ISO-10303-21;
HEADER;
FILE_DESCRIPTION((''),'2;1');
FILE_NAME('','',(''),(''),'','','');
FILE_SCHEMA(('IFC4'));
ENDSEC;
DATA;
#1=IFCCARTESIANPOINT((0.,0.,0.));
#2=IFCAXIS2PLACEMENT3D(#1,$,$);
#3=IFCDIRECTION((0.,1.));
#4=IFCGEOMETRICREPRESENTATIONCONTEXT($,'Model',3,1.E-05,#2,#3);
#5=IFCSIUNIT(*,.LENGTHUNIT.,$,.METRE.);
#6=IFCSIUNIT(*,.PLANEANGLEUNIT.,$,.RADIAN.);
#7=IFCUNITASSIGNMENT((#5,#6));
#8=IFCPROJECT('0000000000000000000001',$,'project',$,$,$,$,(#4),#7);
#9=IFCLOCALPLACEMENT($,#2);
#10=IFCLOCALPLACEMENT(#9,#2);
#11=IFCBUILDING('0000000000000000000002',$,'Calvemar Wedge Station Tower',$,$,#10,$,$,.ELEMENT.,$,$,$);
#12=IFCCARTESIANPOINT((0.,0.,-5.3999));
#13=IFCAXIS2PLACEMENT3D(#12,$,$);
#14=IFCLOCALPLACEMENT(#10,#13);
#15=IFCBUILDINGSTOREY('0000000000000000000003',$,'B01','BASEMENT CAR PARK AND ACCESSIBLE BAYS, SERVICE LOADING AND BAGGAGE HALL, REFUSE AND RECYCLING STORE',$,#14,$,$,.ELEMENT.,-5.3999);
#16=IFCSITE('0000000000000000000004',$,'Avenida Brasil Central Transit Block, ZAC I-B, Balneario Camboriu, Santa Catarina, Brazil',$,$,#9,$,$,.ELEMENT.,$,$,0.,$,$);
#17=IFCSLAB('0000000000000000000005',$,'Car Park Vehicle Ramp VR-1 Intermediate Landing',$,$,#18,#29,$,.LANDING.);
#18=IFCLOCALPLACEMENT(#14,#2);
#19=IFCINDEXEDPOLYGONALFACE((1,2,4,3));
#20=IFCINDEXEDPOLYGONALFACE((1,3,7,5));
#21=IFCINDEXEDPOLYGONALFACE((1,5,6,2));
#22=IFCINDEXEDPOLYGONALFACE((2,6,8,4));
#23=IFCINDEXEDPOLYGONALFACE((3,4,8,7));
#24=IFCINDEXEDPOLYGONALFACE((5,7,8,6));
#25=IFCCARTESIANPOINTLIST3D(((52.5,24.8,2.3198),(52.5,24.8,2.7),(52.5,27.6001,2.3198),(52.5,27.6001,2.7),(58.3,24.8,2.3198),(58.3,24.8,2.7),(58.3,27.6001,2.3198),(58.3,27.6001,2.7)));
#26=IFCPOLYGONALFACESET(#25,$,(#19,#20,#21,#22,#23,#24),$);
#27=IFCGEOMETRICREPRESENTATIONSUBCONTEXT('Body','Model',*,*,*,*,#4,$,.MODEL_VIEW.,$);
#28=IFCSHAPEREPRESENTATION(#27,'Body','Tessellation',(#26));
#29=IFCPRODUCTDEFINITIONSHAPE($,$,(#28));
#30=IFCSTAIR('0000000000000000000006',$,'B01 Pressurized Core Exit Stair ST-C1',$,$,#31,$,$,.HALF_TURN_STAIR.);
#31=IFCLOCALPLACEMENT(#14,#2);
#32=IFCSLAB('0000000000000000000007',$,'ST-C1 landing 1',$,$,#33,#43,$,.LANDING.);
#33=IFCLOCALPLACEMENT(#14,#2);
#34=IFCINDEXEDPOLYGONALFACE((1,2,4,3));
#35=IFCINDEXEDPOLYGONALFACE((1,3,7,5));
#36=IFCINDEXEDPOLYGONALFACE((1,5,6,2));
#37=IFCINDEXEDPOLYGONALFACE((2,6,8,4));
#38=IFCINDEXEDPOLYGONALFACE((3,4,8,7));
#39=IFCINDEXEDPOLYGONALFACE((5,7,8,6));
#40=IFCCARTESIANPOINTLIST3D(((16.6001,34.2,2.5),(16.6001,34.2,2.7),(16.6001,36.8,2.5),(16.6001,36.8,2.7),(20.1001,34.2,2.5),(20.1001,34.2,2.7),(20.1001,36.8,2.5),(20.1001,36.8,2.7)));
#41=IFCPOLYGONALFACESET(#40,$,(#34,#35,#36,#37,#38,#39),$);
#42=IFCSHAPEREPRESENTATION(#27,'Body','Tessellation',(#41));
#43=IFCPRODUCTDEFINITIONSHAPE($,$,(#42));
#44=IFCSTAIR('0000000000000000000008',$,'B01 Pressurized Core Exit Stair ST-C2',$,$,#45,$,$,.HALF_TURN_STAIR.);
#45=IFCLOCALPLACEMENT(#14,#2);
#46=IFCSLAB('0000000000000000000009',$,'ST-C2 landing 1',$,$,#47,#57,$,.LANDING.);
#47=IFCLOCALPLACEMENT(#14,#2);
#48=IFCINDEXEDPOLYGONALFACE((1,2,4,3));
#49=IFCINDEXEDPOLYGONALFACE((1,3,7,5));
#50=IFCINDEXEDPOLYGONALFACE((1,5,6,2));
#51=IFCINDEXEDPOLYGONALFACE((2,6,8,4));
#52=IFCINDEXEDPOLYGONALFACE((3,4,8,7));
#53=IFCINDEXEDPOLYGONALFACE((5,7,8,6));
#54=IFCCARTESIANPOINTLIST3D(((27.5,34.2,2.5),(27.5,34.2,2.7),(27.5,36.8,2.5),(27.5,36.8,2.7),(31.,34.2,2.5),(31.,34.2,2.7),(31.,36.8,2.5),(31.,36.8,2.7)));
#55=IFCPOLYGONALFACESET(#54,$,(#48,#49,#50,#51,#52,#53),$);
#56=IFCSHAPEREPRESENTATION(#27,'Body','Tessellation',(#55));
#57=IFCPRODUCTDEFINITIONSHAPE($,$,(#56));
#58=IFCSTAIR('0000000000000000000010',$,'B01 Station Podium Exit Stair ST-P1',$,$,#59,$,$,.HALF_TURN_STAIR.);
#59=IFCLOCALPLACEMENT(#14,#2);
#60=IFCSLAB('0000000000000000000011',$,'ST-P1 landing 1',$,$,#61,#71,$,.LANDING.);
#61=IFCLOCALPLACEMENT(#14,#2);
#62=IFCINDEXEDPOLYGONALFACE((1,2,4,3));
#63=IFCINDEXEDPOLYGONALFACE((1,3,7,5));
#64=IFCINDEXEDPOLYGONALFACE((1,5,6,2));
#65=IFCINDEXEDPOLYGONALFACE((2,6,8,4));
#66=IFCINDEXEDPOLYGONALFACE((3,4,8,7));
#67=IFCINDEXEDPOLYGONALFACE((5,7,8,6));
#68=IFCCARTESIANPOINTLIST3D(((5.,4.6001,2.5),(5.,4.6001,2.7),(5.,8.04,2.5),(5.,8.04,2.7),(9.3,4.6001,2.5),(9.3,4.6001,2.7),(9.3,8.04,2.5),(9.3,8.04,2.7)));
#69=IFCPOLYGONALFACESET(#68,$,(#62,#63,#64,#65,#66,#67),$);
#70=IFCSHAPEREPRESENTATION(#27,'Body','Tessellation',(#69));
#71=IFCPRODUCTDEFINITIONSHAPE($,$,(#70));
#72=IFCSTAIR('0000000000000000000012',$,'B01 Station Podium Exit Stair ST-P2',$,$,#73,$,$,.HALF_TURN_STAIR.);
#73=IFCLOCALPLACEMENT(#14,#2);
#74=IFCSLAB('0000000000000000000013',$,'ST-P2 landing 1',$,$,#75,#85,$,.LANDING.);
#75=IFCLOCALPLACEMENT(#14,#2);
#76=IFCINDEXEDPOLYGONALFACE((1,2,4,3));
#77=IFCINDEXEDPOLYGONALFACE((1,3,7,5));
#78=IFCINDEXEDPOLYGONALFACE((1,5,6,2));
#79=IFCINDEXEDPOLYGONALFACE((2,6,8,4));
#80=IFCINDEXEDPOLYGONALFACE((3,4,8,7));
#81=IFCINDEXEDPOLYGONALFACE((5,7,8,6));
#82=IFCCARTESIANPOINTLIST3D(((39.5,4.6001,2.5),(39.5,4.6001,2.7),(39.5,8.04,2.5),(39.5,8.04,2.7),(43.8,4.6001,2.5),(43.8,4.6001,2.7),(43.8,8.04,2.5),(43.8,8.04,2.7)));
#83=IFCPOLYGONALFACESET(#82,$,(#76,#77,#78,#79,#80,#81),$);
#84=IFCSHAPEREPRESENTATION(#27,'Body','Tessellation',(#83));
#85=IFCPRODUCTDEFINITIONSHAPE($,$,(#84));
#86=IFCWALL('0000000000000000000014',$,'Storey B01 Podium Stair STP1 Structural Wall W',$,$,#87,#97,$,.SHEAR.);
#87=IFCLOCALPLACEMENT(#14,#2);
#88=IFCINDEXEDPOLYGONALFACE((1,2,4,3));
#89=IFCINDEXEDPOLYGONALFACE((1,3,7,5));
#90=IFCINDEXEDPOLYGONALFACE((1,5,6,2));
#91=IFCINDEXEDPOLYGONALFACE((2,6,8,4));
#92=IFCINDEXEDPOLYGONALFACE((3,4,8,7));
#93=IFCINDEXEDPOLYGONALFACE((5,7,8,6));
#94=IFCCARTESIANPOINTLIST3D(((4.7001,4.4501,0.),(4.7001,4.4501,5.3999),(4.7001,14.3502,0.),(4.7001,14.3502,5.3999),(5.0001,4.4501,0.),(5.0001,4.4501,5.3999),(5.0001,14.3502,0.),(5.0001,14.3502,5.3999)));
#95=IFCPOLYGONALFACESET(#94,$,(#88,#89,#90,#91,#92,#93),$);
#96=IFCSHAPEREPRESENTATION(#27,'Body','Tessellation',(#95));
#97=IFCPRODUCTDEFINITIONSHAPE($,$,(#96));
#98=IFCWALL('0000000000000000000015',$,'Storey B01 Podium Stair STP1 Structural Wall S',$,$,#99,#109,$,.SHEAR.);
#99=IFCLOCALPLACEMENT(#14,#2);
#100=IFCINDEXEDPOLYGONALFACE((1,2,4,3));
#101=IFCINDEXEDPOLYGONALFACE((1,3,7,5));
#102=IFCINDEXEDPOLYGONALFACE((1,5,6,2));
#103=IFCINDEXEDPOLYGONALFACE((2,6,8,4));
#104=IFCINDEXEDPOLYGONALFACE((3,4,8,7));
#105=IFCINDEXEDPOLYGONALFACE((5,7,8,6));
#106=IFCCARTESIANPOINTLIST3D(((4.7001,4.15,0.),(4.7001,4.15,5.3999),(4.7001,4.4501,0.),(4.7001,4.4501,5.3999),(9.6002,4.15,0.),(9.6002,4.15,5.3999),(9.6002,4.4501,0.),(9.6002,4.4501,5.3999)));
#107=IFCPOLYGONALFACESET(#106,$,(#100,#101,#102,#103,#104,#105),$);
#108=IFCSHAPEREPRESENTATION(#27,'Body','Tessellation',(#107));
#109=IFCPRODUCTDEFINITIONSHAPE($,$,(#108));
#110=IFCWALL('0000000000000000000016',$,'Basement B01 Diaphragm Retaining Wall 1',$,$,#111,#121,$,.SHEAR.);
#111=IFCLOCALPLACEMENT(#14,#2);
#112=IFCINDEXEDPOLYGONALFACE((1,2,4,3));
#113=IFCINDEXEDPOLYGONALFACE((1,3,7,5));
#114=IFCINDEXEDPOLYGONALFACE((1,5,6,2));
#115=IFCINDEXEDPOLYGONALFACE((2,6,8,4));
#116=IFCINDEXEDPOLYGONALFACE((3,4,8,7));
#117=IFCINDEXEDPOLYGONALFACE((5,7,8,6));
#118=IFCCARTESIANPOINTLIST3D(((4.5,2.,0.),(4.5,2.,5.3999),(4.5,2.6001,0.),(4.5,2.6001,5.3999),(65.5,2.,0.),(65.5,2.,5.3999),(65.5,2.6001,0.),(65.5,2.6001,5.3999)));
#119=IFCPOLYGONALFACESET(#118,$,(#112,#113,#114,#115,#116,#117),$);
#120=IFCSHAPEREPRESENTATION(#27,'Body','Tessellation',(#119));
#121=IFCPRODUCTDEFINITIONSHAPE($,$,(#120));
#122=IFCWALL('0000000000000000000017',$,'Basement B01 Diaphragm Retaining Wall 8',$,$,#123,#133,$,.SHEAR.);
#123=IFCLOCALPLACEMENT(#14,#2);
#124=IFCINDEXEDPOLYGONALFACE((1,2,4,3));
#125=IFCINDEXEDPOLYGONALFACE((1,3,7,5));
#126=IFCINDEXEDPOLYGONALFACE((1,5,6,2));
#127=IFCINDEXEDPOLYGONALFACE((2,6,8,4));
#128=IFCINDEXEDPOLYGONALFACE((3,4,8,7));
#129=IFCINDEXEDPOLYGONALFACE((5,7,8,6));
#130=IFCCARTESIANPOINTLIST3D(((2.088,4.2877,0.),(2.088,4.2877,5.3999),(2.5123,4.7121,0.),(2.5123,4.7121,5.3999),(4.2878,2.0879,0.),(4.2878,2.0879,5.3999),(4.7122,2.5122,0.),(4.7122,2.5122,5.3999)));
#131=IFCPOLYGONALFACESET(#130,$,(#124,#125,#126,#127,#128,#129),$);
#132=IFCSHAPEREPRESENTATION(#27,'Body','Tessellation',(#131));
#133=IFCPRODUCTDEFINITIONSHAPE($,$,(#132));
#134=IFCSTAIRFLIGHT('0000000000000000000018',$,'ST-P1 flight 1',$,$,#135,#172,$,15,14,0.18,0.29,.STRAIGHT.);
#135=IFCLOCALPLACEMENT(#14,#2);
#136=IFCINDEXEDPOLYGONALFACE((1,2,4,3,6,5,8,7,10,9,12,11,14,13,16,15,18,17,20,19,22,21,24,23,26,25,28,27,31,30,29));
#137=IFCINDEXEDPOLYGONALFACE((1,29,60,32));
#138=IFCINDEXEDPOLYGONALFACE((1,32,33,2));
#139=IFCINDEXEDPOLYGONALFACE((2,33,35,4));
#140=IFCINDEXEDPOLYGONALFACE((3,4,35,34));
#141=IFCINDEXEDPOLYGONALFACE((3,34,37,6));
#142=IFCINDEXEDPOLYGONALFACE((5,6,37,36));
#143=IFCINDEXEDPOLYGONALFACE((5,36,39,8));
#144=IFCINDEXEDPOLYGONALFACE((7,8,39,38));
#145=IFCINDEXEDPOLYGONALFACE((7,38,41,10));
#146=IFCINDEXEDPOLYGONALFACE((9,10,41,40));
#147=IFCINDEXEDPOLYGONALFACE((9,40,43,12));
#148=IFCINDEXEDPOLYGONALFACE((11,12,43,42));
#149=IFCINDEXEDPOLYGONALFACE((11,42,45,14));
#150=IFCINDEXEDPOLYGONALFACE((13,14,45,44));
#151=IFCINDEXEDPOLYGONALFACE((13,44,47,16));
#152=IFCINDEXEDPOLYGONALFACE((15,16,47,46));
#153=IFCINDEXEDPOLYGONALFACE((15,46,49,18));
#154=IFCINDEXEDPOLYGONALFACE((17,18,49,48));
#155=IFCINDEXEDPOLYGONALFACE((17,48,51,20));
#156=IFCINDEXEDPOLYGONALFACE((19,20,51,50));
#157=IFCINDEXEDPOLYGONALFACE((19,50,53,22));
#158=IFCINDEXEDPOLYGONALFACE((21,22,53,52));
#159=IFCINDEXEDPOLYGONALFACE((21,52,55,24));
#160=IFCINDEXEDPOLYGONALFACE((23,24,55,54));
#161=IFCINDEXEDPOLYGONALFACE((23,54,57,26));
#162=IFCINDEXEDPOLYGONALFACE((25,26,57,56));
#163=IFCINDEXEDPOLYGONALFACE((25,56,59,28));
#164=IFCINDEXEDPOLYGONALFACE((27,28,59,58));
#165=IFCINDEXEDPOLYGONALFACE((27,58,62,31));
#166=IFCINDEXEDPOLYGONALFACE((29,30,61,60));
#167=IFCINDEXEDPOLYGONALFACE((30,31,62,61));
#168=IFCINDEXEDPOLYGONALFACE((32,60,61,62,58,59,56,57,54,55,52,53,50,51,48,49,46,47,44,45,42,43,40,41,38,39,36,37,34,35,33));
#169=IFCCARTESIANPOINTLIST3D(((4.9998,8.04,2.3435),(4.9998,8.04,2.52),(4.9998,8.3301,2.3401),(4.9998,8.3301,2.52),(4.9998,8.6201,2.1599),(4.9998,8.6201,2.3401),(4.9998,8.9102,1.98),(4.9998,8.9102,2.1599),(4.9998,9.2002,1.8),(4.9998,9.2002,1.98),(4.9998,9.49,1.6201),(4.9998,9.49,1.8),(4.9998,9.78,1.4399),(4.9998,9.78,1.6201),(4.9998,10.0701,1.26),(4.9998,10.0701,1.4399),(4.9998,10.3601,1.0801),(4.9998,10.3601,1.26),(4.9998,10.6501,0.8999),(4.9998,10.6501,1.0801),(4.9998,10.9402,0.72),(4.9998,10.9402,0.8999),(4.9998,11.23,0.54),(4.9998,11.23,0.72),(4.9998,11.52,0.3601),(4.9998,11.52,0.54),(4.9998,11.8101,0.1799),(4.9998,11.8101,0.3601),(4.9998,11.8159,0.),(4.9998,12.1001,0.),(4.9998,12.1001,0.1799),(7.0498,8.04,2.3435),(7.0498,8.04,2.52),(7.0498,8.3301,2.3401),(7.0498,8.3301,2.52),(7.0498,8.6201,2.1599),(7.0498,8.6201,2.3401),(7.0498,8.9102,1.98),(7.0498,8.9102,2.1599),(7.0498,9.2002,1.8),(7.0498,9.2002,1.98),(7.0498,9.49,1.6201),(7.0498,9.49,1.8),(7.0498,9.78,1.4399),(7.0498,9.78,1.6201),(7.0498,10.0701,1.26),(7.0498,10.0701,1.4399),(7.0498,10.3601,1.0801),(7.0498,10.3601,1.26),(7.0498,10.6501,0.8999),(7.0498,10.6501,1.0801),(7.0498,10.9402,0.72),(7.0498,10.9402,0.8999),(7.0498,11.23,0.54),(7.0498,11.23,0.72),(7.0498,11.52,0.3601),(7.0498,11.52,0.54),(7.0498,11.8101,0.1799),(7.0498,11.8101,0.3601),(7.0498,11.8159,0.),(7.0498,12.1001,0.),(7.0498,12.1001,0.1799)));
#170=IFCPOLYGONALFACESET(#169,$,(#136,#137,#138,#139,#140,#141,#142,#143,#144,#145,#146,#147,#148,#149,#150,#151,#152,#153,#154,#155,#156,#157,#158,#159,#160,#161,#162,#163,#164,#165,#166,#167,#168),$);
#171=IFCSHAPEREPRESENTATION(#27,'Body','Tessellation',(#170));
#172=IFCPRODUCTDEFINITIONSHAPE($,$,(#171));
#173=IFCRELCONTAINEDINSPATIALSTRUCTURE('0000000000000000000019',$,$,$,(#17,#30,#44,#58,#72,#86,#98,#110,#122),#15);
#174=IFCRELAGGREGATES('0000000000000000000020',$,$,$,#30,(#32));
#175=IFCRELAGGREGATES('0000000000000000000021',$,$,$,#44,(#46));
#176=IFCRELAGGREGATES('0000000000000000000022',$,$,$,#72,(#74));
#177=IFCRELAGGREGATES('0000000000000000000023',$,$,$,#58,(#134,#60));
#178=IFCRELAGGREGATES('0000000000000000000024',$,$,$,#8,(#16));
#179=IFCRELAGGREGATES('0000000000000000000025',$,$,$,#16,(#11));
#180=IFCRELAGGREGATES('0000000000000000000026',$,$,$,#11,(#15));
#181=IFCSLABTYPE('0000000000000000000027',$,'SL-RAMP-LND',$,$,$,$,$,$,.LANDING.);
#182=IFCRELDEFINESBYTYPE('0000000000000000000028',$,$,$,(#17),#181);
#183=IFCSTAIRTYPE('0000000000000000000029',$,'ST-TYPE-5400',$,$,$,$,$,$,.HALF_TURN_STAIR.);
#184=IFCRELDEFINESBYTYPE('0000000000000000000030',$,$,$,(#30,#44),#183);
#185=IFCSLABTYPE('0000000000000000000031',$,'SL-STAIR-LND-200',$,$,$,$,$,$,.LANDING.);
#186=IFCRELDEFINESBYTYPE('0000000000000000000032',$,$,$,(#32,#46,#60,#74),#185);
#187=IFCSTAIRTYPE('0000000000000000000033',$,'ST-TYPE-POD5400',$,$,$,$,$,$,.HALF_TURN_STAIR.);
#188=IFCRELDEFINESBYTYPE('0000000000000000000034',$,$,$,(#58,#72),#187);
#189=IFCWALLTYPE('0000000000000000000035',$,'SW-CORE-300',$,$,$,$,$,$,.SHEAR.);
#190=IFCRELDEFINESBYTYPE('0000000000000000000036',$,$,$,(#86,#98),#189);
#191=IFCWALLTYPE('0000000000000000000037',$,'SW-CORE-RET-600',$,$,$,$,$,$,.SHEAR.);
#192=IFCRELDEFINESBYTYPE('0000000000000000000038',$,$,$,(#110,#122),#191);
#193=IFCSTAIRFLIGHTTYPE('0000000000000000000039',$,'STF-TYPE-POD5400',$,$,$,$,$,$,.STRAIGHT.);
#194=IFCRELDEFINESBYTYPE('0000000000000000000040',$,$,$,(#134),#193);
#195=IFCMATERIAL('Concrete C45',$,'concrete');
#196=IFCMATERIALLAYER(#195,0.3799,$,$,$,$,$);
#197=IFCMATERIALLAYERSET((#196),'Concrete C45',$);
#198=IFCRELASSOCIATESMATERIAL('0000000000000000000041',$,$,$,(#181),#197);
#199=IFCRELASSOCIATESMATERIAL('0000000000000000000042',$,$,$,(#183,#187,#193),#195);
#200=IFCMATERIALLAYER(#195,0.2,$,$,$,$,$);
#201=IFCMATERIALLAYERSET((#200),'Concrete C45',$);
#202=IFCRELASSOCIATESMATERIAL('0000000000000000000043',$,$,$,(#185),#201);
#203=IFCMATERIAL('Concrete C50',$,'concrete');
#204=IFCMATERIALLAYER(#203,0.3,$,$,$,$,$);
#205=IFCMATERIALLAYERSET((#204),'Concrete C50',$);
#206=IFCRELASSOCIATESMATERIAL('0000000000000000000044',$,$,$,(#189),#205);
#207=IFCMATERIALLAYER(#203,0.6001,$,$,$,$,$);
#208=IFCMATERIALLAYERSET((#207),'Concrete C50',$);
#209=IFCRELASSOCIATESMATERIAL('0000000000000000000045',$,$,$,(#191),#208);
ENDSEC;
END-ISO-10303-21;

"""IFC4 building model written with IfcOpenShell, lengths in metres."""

from ifc_helpers import new_model, si_unit, direction, frame, frame_2d, origin, place, context, subcontext, project, spatial, polyline, rectangle, outline, extrude, material, layer, layer_set, type_object, element, aggregate, save


model = new_model("IFC4")

# Units and contexts
model_context = context("Model", 3, precision=1e-05, world=origin(), true_north=direction((0.0, 1.0)))
body_context = subcontext(model_context, "Body", "Model", "MODEL_VIEW")
ifc_project = project(units=[si_unit("LENGTHUNIT", "METRE"), si_unit("PLANEANGLEUNIT", "RADIAN")], contexts=[model_context])

# Site, building, storey
site_placement = place(None, origin())
site = spatial("IfcSite", under=ifc_project, at=site_placement, Name="Avenida Brasil Central Transit Block, ZAC I-B, Balneario Camboriu, Santa Catarina, Brazil", CompositionType="ELEMENT", RefElevation=0.0)
building_placement = place(site_placement, origin())
building = spatial("IfcBuilding", under=site, at=building_placement, Name="Calvemar Wedge Station Tower", CompositionType="ELEMENT")
storey_placement = place(building_placement, frame((0.0, 0.0, -5.3999)))
storey = spatial("IfcBuildingStorey", under=building, at=storey_placement, Name="B01", Description="BASEMENT CAR PARK AND ACCESSIBLE BAYS, SERVICE LOADING AND BAGGAGE HALL, REFUSE AND RECYCLING STORE", CompositionType="ELEMENT", Elevation=-5.3999)

# Shared definitions
ifc_material_1 = material(Name="Concrete C50", Category="concrete")

# Slab
ifc_material_2 = material(Name="Concrete C45", Category="concrete")
ifc_layer_1 = layer(ifc_material_2, 0.3799)
ifc_layer_set_1 = layer_set([ifc_layer_1], Name="Concrete C45")
slab_type_1 = type_object("IfcSlabType", Name="SL-RAMP-LND", PredefinedType="LANDING", material=ifc_layer_set_1)
slab_1_placement = place(storey_placement, frame((0.0, 0.0, 2.3198)))
element("IfcSlab", 1, at=slab_1_placement, inside=storey, type_object=slab_type_1, Name="Car Park Vehicle Ramp VR-1 Intermediate Landing", PredefinedType="LANDING", context=body_context, shape_type="SweptSolid", body=[
    extrude(outline(polyline([(52.5, 24.8), (58.3, 24.8), (58.3, 27.6001), (52.5, 27.6001), (52.5, 24.8)])), origin(), (0.0, 0.0, 1.0), 0.3801),
])

# Stairs, slabs
stair_type_1 = type_object("IfcStairType", Name="ST-TYPE-5400", PredefinedType="HALF_TURN_STAIR", material=ifc_material_2)
stair_1_placement = place(storey_placement, origin())
stair_1 = element("IfcStair", 2, at=stair_1_placement, inside=storey, type_object=stair_type_1, Name="B01 Pressurized Core Exit Stair ST-C1", PredefinedType="HALF_TURN_STAIR")
ifc_layer_2 = layer(ifc_material_2, 0.2)
ifc_layer_set_2 = layer_set([ifc_layer_2], Name="Concrete C45")
slab_type_2 = type_object("IfcSlabType", Name="SL-STAIR-LND-200", PredefinedType="LANDING", material=ifc_layer_set_2)
slab_2_placement = place(storey_placement, frame((0.0, 0.0, 2.5)))
slab_2 = element("IfcSlab", 3, at=slab_2_placement, type_object=slab_type_2, Name="ST-C1 landing 1", PredefinedType="LANDING", context=body_context, shape_type="SweptSolid", body=[
    extrude(outline(polyline([(16.6001, 36.8), (16.6001, 34.2), (20.1001, 34.2), (20.1001, 36.8), (16.6001, 36.8)])), origin(), (0.0, 0.0, 1.0), 0.2),
])
aggregate(stair_1, [slab_2])
stair_2_placement = place(storey_placement, origin())
stair_2 = element("IfcStair", 4, at=stair_2_placement, inside=storey, type_object=stair_type_1, Name="B01 Pressurized Core Exit Stair ST-C2", PredefinedType="HALF_TURN_STAIR")
slab_3_placement = place(storey_placement, frame((0.0, 0.0, 2.5)))
slab_3 = element("IfcSlab", 5, at=slab_3_placement, type_object=slab_type_2, Name="ST-C2 landing 1", PredefinedType="LANDING", context=body_context, shape_type="SweptSolid", body=[
    extrude(outline(polyline([(27.5, 36.8), (27.5, 34.2), (31.0, 34.2), (31.0, 36.8), (27.5, 36.8)])), origin(), (0.0, 0.0, 1.0), 0.2),
])
aggregate(stair_2, [slab_3])
stair_type_2 = type_object("IfcStairType", Name="ST-TYPE-POD5400", PredefinedType="HALF_TURN_STAIR", material=ifc_material_2)
stair_3_placement = place(storey_placement, origin())
stair_3 = element("IfcStair", 6, at=stair_3_placement, inside=storey, type_object=stair_type_2, Name="B01 Station Podium Exit Stair ST-P1", PredefinedType="HALF_TURN_STAIR")
slab_4_placement = place(storey_placement, frame((0.0, 0.0, 2.5)))
slab_4 = element("IfcSlab", 7, at=slab_4_placement, type_object=slab_type_2, Name="ST-P1 landing 1", PredefinedType="LANDING", context=body_context, shape_type="SweptSolid", body=[
    extrude(outline(polyline([(5.0, 8.04), (5.0, 4.6001), (9.3, 4.6001), (9.3, 8.04), (5.0, 8.04)])), origin(), (0.0, 0.0, 1.0), 0.2),
])
stair_4_placement = place(storey_placement, origin())
stair_4 = element("IfcStair", 8, at=stair_4_placement, inside=storey, type_object=stair_type_2, Name="B01 Station Podium Exit Stair ST-P2", PredefinedType="HALF_TURN_STAIR")
slab_5_placement = place(storey_placement, frame((0.0, 0.0, 2.5)))
slab_5 = element("IfcSlab", 9, at=slab_5_placement, type_object=slab_type_2, Name="ST-P2 landing 1", PredefinedType="LANDING", context=body_context, shape_type="SweptSolid", body=[
    extrude(outline(polyline([(39.5, 8.04), (39.5, 4.6001), (43.8, 4.6001), (43.8, 8.04), (39.5, 8.04)])), origin(), (0.0, 0.0, 1.0), 0.2),
])
aggregate(stair_4, [slab_5])

# Walls
ifc_layer_3 = layer(ifc_material_1, 0.3)
ifc_layer_set_3 = layer_set([ifc_layer_3], Name="Concrete C50")
wall_type_1 = type_object("IfcWallType", Name="SW-CORE-300", PredefinedType="SHEAR", material=ifc_layer_set_3)
wall_1_placement = place(storey_placement, frame((4.8501, 4.45, 0.0), z_axis=(0.0, 0.0, 1.0), x_axis=(0.0, 1.0, 0.0)))
element("IfcWall", 10, at=wall_1_placement, inside=storey, type_object=wall_type_1, Name="Storey B01 Podium Stair STP1 Structural Wall W", PredefinedType="SHEAR", context=body_context, shape_type="SweptSolid", body=[
    extrude(rectangle(XDim=9.9001, YDim=0.3, at=frame_2d((4.9502, 0.0))), origin(), (0.0, 0.0, 1.0), 5.3999),
])
wall_2_placement = place(storey_placement, frame((4.7, 4.3, 0.0), z_axis=(0.0, 0.0, 1.0), x_axis=(1.0, 0.0, 0.0)))
element("IfcWall", 11, at=wall_2_placement, inside=storey, type_object=wall_type_1, Name="Storey B01 Podium Stair STP1 Structural Wall S", PredefinedType="SHEAR", context=body_context, shape_type="SweptSolid", body=[
    extrude(rectangle(XDim=4.9001, YDim=0.3, at=frame_2d((2.4502, 0.0))), origin(), (0.0, 0.0, 1.0), 5.3999),
])

# Walls
ifc_layer_4 = layer(ifc_material_1, 0.6001)
ifc_layer_set_4 = layer_set([ifc_layer_4], Name="Concrete C50")
wall_type_2 = type_object("IfcWallType", Name="SW-CORE-RET-600", PredefinedType="SHEAR", material=ifc_layer_set_4)
wall_3_placement = place(storey_placement, frame((4.5, 2.3, 0.0), z_axis=(0.0, 0.0, 1.0), x_axis=(1.0, 0.0, 0.0)))
element("IfcWall", 12, at=wall_3_placement, inside=storey, type_object=wall_type_2, Name="Basement B01 Diaphragm Retaining Wall 1", PredefinedType="SHEAR", context=body_context, shape_type="SweptSolid", body=[
    extrude(rectangle(XDim=61.0, YDim=0.6001, at=frame_2d((30.5, 0.0))), origin(), (0.0, 0.0, 1.0), 5.3999),
])
wall_4_placement = place(storey_placement, frame((2.3, 4.5, 0.0), z_axis=(0.0, 0.0, 1.0), x_axis=(0.707107, -0.707107, 0.0)))
element("IfcWall", 13, at=wall_4_placement, inside=storey, type_object=wall_type_2, Name="Basement B01 Diaphragm Retaining Wall 8", PredefinedType="SHEAR", context=body_context, shape_type="SweptSolid", body=[
    extrude(rectangle(XDim=3.1111, YDim=0.6001, at=frame_2d((1.5557, 0.0))), origin(), (0.0, 0.0, 1.0), 5.3999),
])

# Stair flight
stair_flight_type = type_object("IfcStairFlightType", Name="STF-TYPE-POD5400", PredefinedType="STRAIGHT", material=ifc_material_2)
stair_flight_placement = place(storey_placement, frame((6.0249, 12.1001, 0.0), z_axis=(0.0, 0.0, 1.0), x_axis=(0.0, -1.0, 0.0)))
stair_flight = element("IfcStairFlight", 14, at=stair_flight_placement, type_object=stair_flight_type, Name="ST-P1 flight 1", NumberOfRisers=15, NumberOfTreads=14, PredefinedType="STRAIGHT", RiserHeight=0.18, TreadLength=0.29, context=body_context, shape_type="SweptSolid", body=[
    extrude(outline(polyline([(0.0, 0.0), (0.0, 0.1799), (0.29, 0.1799), (0.29, 0.3601), (0.5801, 0.3601), (0.5801, 0.54), (0.8701, 0.54), (0.8701, 0.72), (1.1599, 0.72), (1.1599, 0.8999), (1.45, 0.8999), (1.45, 1.0801), (1.74, 1.0801), (1.74, 1.26), (2.03, 1.26), (2.03, 1.4399), (2.3201, 1.4399), (2.3201, 1.6201), (2.6101, 1.6201), (2.6101, 1.8), (2.8999, 1.8), (2.8999, 1.98), (3.1899, 1.98), (3.1899, 2.1599), (3.48, 2.1599), (3.48, 2.3401), (3.77, 2.3401), (3.77, 2.52), (4.0601, 2.52), (4.0601, 2.7), (4.0601, 2.3435), (0.2842, 0.0), (0.0, 0.0)])), frame((0.0, 1.0249, 0.0), z_axis=(0.0, -1.0, 0.0), x_axis=(1.0, 0.0, 0.0)), (0.0, 0.0, 1.0), 2.05),
])
aggregate(stair_3, [stair_flight, slab_4])

save(model, "model.ifc")
